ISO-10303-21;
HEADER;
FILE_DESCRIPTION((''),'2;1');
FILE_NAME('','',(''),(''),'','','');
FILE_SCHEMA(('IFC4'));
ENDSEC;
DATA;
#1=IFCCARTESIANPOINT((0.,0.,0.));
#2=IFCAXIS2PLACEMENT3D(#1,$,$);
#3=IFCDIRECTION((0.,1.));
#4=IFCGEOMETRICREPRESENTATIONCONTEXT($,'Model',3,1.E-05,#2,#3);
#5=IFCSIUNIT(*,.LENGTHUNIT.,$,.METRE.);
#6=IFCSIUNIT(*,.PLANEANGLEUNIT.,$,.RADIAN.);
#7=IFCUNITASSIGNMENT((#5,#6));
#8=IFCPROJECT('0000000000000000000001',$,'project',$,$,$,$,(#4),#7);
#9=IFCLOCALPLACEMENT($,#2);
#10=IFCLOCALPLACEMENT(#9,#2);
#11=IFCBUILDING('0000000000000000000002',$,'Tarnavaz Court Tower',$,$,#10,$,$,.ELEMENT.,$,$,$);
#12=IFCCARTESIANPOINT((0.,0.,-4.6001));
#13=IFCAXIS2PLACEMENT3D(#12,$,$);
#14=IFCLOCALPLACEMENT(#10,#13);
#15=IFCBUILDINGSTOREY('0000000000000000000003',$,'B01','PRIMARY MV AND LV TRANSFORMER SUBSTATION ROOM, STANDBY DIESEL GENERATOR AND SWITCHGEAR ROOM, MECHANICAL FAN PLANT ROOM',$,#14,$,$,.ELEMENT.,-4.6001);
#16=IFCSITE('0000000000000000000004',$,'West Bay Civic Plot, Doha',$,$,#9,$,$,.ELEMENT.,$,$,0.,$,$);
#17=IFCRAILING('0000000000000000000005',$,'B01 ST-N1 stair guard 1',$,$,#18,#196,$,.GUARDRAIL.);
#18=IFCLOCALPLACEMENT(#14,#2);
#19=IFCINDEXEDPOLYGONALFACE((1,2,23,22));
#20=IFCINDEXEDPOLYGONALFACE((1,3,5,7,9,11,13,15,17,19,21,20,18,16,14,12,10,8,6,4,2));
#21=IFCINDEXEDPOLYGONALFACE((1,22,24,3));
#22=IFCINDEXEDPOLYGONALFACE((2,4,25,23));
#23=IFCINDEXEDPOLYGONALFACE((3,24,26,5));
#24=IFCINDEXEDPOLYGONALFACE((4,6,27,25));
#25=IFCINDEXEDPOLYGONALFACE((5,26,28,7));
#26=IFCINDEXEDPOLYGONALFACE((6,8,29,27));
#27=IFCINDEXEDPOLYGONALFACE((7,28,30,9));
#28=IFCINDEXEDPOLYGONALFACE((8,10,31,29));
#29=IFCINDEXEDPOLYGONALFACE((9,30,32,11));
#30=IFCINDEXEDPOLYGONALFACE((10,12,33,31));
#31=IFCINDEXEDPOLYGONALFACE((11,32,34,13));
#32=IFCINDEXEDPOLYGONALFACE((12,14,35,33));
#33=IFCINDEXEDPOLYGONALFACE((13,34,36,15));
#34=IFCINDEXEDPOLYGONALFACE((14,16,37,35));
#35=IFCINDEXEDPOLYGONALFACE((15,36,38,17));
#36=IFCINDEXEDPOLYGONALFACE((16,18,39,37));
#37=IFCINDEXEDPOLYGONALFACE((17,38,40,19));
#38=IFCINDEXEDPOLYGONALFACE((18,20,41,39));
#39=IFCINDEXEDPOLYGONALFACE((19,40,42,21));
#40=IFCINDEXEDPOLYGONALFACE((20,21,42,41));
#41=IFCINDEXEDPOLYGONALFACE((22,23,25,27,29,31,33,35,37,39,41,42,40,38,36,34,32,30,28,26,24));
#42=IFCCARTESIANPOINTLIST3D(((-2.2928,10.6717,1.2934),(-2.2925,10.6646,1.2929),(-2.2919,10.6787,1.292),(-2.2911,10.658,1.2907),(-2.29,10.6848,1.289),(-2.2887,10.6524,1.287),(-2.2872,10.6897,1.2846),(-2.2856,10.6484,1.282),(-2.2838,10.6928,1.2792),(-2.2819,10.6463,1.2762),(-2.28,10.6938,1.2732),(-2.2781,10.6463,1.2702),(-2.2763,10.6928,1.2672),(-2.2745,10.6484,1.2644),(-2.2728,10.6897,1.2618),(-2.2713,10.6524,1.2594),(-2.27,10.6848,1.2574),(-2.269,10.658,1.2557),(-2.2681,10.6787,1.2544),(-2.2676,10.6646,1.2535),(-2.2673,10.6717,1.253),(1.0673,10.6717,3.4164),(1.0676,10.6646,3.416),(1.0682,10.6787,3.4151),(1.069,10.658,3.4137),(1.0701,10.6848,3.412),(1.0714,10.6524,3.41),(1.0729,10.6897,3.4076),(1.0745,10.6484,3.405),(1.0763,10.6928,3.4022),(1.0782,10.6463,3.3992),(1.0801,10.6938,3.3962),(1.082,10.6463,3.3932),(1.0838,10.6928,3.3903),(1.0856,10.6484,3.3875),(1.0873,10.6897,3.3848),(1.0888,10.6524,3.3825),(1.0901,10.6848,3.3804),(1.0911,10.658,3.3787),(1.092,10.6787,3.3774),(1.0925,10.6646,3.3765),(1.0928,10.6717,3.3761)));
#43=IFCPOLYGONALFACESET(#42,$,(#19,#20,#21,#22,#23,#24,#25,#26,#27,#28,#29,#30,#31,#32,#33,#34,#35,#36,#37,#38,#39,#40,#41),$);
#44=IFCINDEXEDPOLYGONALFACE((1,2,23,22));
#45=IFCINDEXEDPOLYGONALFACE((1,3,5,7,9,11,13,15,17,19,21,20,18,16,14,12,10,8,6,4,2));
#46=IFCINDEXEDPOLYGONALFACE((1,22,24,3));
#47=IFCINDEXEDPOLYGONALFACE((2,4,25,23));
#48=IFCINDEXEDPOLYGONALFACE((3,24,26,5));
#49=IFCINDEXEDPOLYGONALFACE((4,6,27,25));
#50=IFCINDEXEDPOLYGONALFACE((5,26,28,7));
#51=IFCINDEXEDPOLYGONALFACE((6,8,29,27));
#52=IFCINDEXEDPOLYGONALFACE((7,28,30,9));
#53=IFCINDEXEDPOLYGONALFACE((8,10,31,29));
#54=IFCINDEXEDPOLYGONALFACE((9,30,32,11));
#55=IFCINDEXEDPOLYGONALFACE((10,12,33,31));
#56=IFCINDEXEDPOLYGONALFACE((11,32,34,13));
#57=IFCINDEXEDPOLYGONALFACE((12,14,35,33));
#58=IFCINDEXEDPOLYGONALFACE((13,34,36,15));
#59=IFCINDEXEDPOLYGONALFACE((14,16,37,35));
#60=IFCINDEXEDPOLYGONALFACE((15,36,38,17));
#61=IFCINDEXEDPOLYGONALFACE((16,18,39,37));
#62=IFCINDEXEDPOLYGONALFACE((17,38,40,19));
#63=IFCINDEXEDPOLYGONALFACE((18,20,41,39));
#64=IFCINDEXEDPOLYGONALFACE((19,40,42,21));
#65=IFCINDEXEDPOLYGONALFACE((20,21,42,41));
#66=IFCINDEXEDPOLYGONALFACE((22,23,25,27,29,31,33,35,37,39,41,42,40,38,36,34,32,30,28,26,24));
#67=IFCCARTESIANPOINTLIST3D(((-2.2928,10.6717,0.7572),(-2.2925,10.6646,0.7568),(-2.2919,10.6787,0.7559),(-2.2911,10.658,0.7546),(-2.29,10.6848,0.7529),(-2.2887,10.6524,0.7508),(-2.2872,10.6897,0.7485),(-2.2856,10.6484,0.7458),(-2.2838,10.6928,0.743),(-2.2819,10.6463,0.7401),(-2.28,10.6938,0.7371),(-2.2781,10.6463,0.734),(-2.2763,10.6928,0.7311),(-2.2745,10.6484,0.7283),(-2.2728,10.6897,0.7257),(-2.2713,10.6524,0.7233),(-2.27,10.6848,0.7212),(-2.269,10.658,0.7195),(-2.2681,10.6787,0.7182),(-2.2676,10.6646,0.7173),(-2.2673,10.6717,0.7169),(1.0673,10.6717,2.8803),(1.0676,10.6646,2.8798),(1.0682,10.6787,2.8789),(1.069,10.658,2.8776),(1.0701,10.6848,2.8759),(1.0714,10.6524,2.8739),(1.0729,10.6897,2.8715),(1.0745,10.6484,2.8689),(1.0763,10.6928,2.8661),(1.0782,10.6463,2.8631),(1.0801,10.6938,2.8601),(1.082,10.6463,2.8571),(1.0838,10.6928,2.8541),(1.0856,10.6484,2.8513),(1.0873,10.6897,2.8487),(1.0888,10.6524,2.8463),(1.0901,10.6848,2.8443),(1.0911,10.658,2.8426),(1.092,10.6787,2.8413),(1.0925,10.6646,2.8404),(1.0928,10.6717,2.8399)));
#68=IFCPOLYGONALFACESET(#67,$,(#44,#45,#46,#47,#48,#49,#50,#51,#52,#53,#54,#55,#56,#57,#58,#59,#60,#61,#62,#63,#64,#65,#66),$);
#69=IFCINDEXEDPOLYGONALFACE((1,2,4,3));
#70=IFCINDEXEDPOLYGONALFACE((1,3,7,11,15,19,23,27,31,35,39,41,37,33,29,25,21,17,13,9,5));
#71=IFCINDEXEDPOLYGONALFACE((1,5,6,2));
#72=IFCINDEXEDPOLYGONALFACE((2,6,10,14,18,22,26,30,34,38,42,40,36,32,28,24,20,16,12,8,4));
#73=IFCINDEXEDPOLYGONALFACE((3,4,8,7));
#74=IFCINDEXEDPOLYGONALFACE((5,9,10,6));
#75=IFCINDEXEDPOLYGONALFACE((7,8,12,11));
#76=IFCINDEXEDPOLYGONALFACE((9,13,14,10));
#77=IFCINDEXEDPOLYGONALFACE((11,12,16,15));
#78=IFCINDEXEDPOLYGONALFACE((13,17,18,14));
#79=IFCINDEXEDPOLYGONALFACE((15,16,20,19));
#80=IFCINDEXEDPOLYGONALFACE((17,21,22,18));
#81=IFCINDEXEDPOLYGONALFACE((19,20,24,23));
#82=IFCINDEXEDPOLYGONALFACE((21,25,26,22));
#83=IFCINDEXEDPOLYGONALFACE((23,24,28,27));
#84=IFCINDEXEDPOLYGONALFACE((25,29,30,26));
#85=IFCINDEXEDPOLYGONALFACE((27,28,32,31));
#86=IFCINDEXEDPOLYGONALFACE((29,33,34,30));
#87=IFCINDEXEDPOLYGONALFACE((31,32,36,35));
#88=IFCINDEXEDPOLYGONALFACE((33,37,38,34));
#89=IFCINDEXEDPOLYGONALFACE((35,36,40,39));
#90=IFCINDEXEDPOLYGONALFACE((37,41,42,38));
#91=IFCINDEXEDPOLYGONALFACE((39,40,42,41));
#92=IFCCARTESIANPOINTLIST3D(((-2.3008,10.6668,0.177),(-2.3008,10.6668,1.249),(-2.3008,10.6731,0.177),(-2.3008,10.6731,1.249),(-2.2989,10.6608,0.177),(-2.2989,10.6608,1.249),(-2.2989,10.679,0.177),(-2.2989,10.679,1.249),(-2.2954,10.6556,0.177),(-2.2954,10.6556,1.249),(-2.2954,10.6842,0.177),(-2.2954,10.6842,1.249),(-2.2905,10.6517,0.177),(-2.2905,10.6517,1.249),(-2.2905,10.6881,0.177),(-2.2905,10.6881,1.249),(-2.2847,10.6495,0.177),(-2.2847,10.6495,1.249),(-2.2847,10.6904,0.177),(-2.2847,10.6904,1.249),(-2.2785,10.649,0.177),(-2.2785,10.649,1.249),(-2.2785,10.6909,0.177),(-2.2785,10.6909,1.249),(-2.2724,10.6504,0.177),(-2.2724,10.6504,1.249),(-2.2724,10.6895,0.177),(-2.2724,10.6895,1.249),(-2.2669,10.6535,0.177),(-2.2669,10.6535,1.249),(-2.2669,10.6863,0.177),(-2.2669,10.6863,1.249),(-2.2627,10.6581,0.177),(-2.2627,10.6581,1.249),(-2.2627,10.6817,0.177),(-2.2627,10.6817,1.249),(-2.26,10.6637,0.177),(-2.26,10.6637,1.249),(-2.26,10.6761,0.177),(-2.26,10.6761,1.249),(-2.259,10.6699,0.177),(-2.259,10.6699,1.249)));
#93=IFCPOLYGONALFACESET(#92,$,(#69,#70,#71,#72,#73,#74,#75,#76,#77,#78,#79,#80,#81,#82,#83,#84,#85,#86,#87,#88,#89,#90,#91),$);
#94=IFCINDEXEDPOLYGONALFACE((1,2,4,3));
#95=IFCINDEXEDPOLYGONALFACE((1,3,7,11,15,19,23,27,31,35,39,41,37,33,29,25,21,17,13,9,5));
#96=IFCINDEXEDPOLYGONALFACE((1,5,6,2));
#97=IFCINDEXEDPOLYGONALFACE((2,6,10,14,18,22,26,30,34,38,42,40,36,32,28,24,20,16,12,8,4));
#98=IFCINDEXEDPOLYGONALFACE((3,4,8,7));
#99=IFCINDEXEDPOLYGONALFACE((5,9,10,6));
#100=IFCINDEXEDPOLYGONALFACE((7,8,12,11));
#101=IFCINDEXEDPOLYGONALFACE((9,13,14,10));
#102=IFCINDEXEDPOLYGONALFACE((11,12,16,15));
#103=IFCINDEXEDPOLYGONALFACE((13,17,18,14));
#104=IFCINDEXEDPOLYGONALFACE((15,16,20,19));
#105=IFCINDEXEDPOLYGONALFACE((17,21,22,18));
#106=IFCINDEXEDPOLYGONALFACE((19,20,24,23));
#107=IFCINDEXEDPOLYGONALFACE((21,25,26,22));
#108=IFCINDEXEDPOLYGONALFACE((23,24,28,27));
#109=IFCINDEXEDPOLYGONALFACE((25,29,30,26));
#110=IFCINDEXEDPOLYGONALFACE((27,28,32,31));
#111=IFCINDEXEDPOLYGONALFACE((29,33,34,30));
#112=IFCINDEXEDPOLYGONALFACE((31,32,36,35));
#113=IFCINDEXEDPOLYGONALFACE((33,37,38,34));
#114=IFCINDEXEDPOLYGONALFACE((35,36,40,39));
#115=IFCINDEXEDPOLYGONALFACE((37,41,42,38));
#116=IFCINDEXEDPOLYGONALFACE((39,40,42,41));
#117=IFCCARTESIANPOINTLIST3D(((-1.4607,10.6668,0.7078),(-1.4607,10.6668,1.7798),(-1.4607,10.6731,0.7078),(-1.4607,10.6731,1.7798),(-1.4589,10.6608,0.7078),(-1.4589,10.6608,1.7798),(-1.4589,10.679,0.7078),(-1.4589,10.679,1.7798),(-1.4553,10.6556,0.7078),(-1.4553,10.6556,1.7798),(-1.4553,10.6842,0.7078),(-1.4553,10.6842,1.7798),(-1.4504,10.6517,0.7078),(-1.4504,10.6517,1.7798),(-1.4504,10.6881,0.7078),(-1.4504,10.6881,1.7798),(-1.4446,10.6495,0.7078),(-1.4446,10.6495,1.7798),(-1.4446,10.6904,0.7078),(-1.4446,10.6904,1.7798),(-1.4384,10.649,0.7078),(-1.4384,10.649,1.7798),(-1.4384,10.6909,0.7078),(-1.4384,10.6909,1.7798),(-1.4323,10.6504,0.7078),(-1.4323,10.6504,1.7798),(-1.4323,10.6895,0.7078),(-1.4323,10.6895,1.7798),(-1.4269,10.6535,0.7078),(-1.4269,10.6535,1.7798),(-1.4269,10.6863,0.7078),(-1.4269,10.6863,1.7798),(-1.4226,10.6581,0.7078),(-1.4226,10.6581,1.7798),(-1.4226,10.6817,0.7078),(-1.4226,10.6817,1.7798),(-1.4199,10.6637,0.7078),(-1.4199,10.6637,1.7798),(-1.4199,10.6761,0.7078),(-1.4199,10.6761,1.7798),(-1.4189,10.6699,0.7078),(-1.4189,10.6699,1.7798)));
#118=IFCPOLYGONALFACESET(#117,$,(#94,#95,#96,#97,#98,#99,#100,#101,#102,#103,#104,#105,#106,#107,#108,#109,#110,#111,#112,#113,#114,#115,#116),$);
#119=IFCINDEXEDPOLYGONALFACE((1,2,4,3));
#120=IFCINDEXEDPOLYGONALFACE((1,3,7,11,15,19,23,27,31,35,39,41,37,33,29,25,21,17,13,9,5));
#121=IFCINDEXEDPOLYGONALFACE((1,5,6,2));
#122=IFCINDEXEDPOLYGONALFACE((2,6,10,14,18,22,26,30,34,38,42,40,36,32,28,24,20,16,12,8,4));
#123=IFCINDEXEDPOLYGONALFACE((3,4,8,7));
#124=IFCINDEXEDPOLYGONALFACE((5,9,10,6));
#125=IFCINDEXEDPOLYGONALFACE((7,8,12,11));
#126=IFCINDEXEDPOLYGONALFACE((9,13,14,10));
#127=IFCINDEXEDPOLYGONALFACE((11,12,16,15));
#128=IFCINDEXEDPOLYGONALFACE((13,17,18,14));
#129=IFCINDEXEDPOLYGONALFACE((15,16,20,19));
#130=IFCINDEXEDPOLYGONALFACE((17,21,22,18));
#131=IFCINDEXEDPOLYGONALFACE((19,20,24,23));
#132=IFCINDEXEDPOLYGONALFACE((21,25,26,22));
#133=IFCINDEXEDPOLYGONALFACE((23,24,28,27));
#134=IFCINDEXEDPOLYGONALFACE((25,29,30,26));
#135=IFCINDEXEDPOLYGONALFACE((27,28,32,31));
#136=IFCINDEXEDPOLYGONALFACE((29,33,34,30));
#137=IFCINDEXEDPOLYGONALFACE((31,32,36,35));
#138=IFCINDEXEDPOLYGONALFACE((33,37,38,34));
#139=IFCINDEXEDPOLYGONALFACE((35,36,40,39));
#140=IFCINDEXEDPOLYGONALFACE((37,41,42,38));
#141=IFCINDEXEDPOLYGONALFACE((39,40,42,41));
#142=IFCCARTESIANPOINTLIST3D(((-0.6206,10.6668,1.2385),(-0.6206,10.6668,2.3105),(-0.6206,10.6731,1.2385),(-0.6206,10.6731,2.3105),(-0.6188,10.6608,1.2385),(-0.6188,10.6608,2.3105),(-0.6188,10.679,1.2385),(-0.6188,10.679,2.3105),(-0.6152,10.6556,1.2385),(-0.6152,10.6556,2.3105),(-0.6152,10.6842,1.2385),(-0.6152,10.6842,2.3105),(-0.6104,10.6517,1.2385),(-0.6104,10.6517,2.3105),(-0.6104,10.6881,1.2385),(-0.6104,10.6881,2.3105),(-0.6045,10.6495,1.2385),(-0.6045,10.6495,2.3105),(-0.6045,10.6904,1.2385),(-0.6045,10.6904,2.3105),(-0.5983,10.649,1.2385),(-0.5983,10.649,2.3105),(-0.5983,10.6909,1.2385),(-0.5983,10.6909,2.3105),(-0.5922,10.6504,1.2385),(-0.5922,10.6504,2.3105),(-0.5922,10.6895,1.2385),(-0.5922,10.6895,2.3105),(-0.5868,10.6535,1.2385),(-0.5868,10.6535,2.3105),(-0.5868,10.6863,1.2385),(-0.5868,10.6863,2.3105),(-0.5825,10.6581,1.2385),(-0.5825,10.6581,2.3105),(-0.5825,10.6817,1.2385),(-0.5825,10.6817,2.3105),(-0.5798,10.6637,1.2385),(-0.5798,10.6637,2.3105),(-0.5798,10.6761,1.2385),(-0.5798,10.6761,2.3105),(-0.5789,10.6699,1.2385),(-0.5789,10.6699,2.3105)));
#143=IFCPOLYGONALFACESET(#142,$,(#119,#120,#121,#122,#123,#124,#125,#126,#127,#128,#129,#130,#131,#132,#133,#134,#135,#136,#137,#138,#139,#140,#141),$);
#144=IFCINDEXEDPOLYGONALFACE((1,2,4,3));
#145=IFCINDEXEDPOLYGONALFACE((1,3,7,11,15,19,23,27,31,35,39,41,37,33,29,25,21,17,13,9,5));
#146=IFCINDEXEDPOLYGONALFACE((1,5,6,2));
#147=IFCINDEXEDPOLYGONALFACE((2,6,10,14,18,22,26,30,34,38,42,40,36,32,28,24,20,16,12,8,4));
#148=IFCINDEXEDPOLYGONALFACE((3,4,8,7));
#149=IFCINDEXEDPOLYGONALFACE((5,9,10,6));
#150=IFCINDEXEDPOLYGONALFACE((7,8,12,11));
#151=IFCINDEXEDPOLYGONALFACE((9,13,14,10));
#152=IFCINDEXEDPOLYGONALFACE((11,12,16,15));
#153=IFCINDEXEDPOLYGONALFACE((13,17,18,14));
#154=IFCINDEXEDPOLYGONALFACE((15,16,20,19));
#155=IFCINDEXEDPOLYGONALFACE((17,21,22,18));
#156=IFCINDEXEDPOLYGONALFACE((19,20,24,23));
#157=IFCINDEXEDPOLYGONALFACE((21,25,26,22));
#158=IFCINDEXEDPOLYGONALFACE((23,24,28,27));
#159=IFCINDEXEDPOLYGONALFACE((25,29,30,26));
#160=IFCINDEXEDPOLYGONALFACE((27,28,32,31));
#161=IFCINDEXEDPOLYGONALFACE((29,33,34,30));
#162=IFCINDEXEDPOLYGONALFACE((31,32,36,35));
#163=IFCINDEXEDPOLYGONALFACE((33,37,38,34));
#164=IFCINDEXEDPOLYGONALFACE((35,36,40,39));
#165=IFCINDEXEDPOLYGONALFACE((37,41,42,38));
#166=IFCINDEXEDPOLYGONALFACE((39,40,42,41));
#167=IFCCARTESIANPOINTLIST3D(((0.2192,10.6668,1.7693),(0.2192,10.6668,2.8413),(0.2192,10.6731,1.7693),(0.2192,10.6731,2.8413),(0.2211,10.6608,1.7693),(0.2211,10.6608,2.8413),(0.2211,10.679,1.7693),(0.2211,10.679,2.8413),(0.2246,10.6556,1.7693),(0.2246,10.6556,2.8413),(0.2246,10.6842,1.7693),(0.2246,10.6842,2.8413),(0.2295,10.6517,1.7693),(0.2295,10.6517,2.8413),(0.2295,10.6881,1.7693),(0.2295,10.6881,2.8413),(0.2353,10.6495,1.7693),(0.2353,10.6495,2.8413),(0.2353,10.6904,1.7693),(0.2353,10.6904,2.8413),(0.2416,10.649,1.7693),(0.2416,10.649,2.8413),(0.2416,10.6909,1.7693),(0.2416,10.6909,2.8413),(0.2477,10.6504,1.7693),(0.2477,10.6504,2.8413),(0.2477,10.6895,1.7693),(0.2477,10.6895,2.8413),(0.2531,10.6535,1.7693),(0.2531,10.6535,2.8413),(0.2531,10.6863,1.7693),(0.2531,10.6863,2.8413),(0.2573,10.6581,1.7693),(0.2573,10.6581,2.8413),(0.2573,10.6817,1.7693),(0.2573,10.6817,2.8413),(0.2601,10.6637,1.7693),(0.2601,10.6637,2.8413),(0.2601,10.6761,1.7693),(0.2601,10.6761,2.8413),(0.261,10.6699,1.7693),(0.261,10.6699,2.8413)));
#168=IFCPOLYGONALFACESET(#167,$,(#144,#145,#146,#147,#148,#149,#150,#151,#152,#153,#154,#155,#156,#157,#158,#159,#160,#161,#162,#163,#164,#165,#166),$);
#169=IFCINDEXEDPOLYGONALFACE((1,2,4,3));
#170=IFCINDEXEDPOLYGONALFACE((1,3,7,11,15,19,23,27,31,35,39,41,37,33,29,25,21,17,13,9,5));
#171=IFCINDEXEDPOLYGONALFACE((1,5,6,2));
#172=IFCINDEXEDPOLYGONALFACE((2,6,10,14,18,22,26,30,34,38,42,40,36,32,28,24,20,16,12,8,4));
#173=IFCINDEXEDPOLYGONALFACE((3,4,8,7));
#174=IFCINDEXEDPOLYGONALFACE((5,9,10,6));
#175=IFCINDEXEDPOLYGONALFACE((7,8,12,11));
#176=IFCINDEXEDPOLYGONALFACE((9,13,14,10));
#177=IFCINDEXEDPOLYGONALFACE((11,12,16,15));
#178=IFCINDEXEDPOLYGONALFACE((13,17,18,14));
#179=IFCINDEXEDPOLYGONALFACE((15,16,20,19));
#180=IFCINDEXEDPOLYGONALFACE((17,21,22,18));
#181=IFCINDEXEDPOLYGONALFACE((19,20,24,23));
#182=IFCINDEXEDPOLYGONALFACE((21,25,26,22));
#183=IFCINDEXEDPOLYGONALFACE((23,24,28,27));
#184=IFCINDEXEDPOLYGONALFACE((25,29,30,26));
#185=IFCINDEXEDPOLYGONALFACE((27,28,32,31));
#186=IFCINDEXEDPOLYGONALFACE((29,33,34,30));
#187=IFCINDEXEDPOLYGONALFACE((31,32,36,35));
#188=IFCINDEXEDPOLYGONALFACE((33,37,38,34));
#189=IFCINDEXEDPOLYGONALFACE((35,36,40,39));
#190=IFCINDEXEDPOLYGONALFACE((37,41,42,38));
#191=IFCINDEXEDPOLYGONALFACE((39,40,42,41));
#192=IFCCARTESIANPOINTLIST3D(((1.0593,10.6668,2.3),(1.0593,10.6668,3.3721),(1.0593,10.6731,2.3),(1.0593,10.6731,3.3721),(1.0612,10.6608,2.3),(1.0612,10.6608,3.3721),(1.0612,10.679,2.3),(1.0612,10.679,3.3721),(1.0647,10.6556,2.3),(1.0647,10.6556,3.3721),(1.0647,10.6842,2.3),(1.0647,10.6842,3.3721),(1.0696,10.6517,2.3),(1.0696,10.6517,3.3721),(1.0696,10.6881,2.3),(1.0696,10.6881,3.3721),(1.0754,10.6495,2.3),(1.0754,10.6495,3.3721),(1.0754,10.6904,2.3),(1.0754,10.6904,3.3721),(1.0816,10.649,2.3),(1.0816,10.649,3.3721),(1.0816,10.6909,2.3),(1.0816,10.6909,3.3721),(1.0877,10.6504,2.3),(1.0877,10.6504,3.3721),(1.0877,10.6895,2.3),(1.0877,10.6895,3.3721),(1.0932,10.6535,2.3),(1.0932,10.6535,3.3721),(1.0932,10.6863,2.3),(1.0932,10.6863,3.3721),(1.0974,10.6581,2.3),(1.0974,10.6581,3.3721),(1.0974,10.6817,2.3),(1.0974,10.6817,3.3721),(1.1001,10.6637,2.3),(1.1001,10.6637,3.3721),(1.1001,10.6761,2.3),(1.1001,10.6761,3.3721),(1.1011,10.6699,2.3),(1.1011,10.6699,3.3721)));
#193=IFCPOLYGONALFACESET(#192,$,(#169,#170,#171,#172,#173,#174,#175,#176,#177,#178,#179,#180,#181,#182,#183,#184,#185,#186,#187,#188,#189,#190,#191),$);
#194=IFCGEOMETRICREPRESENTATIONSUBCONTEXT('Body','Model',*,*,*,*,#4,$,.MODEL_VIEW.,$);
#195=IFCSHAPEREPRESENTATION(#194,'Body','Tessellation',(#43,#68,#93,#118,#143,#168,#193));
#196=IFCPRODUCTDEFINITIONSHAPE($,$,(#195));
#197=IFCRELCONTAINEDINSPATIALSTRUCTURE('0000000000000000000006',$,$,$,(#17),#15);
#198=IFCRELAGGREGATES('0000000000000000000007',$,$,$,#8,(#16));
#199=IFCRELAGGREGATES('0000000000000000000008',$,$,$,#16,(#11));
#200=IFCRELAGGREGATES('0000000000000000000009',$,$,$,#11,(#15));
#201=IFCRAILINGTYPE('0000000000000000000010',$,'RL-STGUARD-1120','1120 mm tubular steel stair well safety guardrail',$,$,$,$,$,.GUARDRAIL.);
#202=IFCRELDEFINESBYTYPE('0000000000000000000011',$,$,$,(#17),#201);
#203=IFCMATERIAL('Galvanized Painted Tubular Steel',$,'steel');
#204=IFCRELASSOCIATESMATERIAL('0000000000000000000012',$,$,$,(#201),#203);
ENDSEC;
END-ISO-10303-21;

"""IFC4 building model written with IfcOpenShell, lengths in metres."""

from ifc_helpers import new_model, si_unit, direction, frame, origin, origin_2d, place, context, subcontext, project, spatial, circle, extrude, material, type_object, element, save


model = new_model("IFC4")

# Units and contexts
model_context = context("Model", 3, precision=1e-05, world=origin(), true_north=direction((0.0, 1.0)))
body_context = subcontext(model_context, "Body", "Model", "MODEL_VIEW")
ifc_project = project(units=[si_unit("LENGTHUNIT", "METRE"), si_unit("PLANEANGLEUNIT", "RADIAN")], contexts=[model_context])

# Site, building, storey
site_placement = place(None, origin())
site = spatial("IfcSite", under=ifc_project, at=site_placement, Name="West Bay Civic Plot, Doha", CompositionType="ELEMENT", RefElevation=0.0)
building_placement = place(site_placement, origin())
building = spatial("IfcBuilding", under=site, at=building_placement, Name="Tarnavaz Court Tower", CompositionType="ELEMENT")
storey_placement = place(building_placement, frame((0.0, 0.0, -4.6001)))
storey = spatial("IfcBuildingStorey", under=building, at=storey_placement, Name="B01", Description="PRIMARY MV AND LV TRANSFORMER SUBSTATION ROOM, STANDBY DIESEL GENERATOR AND SWITCHGEAR ROOM, MECHANICAL FAN PLANT ROOM", CompositionType="ELEMENT", Elevation=-4.6001)

# Railing
ifc_material_1 = material(Name="Galvanized Painted Tubular Steel", Category="steel")
railing_type_1 = type_object("IfcRailingType", Name="RL-STGUARD-1120", Description="1120 mm tubular steel stair well safety guardrail", PredefinedType="GUARDRAIL", material=ifc_material_1)
railing_1_placement = place(storey_placement, frame((-2.28, 10.6699, 0.177)))
element("IfcRailing", 1, at=railing_1_placement, inside=storey, type_object=railing_type_1, Name="B01 ST-N1 stair guard 1", PredefinedType="GUARDRAIL", context=body_context, shape_type="SweptSolid", body=[
    extrude(circle(Radius=0.0239, at=origin_2d()), frame((0.0, 0.0, 1.0962), z_axis=(0.84539, 0.0, 0.53415), x_axis=(0.0, 1.0, 0.0)), (0.0, 0.0, 1.0), 3.9746),
    extrude(circle(Radius=0.0239, at=origin_2d()), frame((0.0, 0.0, 0.5601), z_axis=(0.84539, 0.0, 0.53415), x_axis=(0.0, 1.0, 0.0)), (0.0, 0.0, 1.0), 3.9746),
    extrude(circle(Radius=0.021, at=origin_2d()), origin(), (0.0, 0.0, 1.0), 1.072),
    extrude(circle(Radius=0.021, at=origin_2d()), frame((0.8401, 0.0, 0.5308)), (0.0, 0.0, 1.0), 1.072),
    extrude(circle(Radius=0.021, at=origin_2d()), frame((1.6802, 0.0, 1.0615)), (0.0, 0.0, 1.0), 1.072),
    extrude(circle(Radius=0.021, at=origin_2d()), frame((2.52, 0.0, 1.5923)), (0.0, 0.0, 1.0), 1.072),
    extrude(circle(Radius=0.021, at=origin_2d()), frame((3.3601, 0.0, 2.123)), (0.0, 0.0, 1.0), 1.072),
])

save(model, "model.ifc")
